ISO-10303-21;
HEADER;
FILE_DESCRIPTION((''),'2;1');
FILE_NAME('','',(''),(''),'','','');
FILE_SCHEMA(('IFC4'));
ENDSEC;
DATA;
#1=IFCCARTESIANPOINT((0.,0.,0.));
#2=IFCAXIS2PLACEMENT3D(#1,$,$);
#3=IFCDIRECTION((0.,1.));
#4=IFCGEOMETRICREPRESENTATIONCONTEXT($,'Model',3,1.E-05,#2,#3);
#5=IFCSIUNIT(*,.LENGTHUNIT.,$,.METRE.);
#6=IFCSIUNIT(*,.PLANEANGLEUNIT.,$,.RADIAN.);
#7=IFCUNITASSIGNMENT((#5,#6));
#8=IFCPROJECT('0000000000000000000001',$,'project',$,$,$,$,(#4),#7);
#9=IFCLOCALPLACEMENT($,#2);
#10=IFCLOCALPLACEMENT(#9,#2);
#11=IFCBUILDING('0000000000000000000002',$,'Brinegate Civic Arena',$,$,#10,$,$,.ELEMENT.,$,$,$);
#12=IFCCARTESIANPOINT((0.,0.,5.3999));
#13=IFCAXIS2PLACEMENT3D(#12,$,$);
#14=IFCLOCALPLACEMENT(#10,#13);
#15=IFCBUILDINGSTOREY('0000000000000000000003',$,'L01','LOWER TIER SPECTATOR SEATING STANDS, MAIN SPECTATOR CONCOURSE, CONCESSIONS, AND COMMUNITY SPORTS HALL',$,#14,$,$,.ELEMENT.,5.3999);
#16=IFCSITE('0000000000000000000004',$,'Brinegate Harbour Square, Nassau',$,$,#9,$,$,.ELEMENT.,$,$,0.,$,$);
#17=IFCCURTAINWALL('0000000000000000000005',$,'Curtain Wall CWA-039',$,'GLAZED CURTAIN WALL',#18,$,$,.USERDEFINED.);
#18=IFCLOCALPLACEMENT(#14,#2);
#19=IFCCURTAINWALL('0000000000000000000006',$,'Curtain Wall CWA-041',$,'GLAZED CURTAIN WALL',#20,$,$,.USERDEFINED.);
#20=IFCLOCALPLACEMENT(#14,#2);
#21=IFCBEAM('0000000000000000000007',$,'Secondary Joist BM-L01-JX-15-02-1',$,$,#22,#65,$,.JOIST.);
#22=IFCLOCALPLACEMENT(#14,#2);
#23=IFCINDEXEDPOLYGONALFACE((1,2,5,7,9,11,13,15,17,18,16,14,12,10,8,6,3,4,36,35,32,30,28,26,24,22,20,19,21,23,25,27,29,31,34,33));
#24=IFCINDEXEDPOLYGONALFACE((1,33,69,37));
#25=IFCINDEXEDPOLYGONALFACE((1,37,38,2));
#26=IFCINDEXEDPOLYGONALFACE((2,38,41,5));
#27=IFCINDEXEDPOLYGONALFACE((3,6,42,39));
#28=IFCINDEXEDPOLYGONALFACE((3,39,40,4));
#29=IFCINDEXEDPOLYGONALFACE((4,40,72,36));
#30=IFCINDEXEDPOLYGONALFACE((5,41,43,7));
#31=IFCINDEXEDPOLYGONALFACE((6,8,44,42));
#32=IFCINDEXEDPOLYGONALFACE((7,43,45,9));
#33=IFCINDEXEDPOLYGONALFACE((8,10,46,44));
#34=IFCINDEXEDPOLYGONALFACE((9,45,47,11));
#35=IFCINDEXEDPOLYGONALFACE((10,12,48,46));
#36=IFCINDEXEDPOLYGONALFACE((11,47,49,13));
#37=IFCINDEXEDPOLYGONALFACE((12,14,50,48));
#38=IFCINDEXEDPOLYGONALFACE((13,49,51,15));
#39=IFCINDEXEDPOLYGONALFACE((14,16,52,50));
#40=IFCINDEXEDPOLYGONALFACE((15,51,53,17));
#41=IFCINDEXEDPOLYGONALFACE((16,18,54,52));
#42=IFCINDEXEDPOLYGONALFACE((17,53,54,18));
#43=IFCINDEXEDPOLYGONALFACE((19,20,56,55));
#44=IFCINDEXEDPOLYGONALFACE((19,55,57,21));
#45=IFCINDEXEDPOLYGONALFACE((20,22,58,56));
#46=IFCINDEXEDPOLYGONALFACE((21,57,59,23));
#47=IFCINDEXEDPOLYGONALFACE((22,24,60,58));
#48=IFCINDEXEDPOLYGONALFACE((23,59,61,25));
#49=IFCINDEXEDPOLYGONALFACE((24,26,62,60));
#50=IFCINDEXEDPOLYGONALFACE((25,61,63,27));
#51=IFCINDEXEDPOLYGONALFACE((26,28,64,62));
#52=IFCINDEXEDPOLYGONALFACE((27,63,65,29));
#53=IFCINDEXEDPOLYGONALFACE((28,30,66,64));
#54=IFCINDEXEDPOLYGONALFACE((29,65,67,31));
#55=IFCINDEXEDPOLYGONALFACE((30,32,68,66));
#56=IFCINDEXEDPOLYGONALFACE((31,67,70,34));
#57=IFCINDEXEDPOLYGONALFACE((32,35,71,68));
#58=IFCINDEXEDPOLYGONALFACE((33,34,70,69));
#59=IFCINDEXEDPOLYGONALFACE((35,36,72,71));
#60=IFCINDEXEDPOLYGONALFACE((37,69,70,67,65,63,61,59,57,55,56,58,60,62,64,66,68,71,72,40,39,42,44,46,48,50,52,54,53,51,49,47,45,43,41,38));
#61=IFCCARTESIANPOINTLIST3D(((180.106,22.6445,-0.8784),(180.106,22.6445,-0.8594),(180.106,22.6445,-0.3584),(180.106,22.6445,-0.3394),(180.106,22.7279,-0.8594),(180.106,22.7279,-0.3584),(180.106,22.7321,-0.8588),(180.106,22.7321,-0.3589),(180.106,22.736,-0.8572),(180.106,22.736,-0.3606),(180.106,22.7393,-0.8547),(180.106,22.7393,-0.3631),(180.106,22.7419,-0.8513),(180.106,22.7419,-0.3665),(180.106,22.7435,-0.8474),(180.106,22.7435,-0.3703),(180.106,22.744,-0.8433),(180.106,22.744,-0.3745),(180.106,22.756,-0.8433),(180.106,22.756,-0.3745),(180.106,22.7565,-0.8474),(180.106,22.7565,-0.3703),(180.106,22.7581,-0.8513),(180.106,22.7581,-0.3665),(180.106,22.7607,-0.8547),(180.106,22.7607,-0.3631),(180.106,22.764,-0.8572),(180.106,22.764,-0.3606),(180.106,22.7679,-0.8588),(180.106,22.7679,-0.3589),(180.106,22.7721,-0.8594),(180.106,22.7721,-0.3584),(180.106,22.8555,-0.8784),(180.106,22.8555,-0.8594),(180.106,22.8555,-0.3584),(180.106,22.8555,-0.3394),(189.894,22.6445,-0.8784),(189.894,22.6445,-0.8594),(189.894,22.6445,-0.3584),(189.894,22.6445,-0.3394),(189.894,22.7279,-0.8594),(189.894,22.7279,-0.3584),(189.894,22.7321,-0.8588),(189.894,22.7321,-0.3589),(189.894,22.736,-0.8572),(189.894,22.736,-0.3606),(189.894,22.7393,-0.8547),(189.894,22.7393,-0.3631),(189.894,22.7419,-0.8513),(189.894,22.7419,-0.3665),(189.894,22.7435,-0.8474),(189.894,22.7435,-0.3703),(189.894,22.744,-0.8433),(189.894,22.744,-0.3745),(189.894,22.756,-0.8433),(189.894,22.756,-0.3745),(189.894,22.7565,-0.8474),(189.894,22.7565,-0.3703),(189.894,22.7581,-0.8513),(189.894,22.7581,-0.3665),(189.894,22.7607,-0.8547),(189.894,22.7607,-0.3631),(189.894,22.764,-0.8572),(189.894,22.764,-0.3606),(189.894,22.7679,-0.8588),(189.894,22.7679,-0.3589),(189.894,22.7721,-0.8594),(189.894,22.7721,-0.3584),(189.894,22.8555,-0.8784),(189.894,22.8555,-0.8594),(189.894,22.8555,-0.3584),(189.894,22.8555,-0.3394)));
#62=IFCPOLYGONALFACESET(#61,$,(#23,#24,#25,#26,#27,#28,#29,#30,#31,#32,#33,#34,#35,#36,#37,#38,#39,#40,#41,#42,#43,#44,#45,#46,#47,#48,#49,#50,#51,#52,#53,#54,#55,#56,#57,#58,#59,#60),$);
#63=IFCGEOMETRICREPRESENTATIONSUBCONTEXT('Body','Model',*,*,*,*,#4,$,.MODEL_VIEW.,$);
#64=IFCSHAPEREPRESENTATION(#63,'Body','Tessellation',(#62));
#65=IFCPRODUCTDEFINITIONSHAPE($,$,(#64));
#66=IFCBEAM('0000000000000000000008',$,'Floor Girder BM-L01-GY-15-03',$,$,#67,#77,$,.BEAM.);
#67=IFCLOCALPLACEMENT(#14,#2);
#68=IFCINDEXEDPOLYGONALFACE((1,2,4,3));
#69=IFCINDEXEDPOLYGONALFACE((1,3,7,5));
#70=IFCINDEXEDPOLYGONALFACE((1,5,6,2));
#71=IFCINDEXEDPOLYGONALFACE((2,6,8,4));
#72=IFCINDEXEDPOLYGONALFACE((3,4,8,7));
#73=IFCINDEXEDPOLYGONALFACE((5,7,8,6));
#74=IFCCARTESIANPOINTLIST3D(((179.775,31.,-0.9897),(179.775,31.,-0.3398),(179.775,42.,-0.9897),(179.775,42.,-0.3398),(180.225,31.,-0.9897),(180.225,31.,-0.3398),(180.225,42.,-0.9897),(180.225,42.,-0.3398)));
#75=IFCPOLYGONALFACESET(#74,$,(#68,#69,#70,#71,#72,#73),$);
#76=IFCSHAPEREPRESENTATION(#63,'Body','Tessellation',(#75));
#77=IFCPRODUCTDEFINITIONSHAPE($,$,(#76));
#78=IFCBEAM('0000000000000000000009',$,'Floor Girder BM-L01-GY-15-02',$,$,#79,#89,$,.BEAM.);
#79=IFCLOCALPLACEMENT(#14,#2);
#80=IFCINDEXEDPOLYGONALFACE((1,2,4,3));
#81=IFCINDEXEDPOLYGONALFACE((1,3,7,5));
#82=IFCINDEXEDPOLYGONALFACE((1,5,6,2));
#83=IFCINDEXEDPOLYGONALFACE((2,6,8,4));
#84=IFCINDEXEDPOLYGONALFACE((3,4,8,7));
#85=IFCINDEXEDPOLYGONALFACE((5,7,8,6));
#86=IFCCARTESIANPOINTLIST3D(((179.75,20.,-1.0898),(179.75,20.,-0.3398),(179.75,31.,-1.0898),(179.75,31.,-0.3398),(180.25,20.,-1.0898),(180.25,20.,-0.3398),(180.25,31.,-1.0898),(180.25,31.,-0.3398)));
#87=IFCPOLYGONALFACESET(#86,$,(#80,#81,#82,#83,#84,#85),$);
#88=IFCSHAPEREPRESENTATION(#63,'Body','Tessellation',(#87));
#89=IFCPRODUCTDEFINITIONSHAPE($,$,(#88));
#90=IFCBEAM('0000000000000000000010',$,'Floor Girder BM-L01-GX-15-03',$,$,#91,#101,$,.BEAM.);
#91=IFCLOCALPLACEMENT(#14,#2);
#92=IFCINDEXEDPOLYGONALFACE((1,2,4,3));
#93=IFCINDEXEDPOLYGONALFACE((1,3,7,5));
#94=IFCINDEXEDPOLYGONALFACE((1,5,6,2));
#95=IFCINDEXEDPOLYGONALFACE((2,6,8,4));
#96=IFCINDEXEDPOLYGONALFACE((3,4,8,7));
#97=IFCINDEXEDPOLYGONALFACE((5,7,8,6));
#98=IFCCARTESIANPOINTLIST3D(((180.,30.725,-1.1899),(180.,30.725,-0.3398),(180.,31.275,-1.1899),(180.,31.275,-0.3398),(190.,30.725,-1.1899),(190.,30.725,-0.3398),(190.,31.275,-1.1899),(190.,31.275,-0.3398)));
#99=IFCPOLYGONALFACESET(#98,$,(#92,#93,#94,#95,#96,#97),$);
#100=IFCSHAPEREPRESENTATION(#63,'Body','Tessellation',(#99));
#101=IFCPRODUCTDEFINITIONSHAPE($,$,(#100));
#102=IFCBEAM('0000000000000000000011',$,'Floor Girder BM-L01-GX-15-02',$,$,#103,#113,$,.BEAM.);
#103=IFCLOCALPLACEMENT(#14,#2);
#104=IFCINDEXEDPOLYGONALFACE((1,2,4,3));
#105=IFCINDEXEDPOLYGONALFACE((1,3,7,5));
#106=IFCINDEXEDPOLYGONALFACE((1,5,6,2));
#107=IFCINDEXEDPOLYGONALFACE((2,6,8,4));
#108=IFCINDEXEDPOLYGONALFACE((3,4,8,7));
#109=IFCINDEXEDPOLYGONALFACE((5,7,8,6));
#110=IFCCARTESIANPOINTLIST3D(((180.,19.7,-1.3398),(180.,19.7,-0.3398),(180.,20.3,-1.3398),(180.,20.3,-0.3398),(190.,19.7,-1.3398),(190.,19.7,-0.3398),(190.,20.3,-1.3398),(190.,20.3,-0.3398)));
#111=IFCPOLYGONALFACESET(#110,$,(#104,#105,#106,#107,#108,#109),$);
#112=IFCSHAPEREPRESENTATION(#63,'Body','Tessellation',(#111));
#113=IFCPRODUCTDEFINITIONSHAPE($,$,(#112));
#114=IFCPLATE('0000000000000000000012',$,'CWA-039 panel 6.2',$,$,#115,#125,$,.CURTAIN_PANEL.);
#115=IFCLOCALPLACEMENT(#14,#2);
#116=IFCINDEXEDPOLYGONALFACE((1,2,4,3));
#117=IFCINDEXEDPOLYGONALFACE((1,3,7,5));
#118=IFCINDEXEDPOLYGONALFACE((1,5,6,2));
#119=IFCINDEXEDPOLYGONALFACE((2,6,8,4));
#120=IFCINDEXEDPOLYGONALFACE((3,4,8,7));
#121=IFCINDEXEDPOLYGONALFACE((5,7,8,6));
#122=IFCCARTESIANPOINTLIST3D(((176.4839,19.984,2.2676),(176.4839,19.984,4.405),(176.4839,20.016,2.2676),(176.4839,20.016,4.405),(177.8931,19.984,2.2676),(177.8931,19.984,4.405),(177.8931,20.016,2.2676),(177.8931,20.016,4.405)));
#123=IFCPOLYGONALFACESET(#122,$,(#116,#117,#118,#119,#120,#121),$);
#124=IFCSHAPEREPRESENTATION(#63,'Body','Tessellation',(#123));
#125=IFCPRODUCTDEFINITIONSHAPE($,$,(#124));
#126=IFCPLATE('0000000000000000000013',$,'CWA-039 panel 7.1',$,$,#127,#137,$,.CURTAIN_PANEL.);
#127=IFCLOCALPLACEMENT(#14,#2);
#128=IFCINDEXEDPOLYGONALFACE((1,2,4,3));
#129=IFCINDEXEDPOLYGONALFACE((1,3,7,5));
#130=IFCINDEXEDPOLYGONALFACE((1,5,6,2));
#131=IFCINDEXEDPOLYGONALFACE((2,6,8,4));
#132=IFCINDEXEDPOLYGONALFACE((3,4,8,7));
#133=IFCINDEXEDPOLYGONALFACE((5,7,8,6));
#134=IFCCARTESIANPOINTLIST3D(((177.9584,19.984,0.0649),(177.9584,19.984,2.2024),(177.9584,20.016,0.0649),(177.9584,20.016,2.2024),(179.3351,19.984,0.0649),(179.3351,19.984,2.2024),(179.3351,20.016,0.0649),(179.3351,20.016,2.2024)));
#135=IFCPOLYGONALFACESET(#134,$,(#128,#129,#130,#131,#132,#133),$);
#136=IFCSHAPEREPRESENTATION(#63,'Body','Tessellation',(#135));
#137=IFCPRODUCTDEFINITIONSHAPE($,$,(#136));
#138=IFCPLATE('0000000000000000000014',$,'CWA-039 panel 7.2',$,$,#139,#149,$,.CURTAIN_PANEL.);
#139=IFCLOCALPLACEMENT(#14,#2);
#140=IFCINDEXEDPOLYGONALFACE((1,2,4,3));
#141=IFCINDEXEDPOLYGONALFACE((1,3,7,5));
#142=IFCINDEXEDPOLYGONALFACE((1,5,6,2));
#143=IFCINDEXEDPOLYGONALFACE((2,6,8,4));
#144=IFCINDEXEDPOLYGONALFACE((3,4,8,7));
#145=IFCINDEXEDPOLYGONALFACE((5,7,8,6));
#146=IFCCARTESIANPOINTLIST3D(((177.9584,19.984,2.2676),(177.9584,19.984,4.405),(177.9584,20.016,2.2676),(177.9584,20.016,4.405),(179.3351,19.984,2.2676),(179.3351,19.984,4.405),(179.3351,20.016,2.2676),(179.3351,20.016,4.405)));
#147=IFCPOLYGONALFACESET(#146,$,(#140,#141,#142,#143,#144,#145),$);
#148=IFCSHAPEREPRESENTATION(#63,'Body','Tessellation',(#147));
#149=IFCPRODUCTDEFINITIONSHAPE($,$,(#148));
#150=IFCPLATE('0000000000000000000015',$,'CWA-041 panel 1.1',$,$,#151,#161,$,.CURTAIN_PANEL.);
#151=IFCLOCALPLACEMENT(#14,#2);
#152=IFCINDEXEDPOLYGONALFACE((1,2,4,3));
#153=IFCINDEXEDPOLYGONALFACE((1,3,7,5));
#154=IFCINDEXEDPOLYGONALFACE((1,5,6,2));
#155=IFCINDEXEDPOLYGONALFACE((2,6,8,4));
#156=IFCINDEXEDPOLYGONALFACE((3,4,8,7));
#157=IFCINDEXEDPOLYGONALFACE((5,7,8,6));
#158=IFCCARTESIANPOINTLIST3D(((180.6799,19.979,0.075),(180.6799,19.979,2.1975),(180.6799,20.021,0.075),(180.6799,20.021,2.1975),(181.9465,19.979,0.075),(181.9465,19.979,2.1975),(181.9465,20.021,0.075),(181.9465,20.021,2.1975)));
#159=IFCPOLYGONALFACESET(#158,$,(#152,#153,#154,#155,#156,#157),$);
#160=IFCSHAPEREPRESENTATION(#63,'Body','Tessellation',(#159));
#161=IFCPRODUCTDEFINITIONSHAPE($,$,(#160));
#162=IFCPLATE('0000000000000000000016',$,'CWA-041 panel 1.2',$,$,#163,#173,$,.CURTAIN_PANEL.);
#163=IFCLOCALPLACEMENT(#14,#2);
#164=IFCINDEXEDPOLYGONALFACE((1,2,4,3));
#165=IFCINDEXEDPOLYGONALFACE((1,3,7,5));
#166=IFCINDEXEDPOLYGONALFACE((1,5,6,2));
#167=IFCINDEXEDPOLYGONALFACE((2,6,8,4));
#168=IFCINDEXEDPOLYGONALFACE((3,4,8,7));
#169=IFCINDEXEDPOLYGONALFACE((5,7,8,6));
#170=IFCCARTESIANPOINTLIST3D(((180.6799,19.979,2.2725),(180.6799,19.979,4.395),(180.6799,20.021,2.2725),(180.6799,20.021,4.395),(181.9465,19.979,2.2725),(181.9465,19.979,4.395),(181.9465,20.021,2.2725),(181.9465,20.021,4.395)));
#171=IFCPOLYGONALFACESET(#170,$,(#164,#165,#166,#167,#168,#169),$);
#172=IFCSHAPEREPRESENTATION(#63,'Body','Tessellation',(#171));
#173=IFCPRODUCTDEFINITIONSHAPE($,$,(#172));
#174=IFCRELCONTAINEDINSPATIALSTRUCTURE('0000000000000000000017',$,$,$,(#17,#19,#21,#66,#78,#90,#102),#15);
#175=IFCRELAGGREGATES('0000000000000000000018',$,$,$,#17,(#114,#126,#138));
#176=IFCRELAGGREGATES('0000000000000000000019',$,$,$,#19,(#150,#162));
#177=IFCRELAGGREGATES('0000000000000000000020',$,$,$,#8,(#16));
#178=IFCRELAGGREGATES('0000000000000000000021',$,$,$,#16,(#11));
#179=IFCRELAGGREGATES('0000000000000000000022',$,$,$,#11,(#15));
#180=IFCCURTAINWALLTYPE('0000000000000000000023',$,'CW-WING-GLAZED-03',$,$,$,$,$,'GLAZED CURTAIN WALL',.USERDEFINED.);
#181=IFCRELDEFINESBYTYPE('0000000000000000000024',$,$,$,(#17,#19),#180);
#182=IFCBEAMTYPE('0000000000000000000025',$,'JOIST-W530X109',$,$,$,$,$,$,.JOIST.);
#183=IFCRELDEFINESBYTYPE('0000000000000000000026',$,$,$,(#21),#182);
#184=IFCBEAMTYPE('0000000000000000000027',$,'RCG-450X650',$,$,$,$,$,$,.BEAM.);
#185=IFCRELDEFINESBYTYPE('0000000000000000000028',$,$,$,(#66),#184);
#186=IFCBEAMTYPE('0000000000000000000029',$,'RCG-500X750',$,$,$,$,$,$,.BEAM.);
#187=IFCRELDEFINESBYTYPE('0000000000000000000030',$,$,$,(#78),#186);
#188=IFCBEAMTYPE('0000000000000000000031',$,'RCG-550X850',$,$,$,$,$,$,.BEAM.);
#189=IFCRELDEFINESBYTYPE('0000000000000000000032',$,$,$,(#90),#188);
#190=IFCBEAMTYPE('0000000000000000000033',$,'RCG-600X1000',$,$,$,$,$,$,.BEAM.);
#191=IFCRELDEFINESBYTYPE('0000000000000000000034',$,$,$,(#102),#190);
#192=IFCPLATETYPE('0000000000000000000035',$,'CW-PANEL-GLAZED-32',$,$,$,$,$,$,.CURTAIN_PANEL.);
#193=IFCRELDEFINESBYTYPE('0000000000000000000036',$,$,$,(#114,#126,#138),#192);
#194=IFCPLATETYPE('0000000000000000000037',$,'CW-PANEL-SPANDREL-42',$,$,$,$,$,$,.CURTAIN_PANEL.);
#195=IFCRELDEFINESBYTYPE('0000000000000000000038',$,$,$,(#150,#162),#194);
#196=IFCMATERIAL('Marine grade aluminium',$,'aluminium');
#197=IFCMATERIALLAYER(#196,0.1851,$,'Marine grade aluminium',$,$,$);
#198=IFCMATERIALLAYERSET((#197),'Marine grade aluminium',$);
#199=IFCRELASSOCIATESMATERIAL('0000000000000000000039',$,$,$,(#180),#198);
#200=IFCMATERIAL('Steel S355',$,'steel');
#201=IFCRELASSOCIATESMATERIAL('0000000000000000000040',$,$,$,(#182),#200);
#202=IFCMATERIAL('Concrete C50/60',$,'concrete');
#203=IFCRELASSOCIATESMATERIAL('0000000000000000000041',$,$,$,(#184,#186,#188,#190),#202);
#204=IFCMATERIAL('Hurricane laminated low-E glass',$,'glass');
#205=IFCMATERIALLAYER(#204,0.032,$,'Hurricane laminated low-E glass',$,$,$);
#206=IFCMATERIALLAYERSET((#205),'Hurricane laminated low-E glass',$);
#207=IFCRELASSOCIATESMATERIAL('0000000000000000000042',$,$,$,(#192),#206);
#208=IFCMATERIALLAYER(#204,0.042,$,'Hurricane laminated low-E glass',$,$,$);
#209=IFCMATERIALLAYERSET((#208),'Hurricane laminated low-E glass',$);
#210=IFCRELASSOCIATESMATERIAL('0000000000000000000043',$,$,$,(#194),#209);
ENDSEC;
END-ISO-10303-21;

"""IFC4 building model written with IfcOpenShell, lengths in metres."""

from ifc_helpers import new_model, si_unit, direction, frame, origin, origin_2d, place, context, subcontext, project, spatial, rectangle, i_section, extrude, material, layer, layer_set, material_profile, profile_set, type_object, element, aggregate, save


model = new_model("IFC4")

# Units and contexts
model_context = context("Model", 3, precision=1e-05, world=origin(), true_north=direction((0.0, 1.0)))
body_context = subcontext(model_context, "Body", "Model", "MODEL_VIEW")
ifc_project = project(units=[si_unit("LENGTHUNIT", "METRE"), si_unit("PLANEANGLEUNIT", "RADIAN")], contexts=[model_context])

# Site, building, storey
site_placement = place(None, origin())
site = spatial("IfcSite", under=ifc_project, at=site_placement, Name="Brinegate Harbour Square, Nassau", CompositionType="ELEMENT", RefElevation=0.0)
building_placement = place(site_placement, origin())
building = spatial("IfcBuilding", under=site, at=building_placement, Name="Brinegate Civic Arena", CompositionType="ELEMENT")
storey_placement = place(building_placement, frame((0.0, 0.0, 5.3999)))
storey = spatial("IfcBuildingStorey", under=building, at=storey_placement, Name="L01", Description="LOWER TIER SPECTATOR SEATING STANDS, MAIN SPECTATOR CONCOURSE, CONCESSIONS, AND COMMUNITY SPORTS HALL", CompositionType="ELEMENT", Elevation=5.3999)

# Curtain walls
ifc_material_1 = material(Name="Marine grade aluminium", Category="aluminium")
ifc_layer_1 = layer(ifc_material_1, 0.1851, Name="Marine grade aluminium")
ifc_layer_set_1 = layer_set([ifc_layer_1], Name="Marine grade aluminium")
curtain_wall_type = type_object("IfcCurtainWallType", Name="CW-WING-GLAZED-03", ElementType="GLAZED CURTAIN WALL", PredefinedType="USERDEFINED", material=ifc_layer_set_1)
curtain_wall_1_placement = place(storey_placement, origin())
curtain_wall_1 = element("IfcCurtainWall", 1, at=curtain_wall_1_placement, inside=storey, type_object=curtain_wall_type, Name="Curtain Wall CWA-039", ObjectType="GLAZED CURTAIN WALL", PredefinedType="USERDEFINED")
curtain_wall_2_placement = place(storey_placement, origin())
curtain_wall_2 = element("IfcCurtainWall", 2, at=curtain_wall_2_placement, inside=storey, type_object=curtain_wall_type, Name="Curtain Wall CWA-041", ObjectType="GLAZED CURTAIN WALL", PredefinedType="USERDEFINED")

# Beams
ifc_material_2 = material(Name="Steel S355", Category="steel")
ifc_material_profile_1 = material_profile(ifc_material_2, i_section(OverallWidth=0.2109, OverallDepth=0.5391, WebThickness=0.012, FlangeThickness=0.019, FilletRadius=0.0161, at=origin_2d()), Name="W530X109")
ifc_profile_set_1 = profile_set([ifc_material_profile_1], Name="Steel S355")
beam_type_1 = type_object("IfcBeamType", Name="JOIST-W530X109", PredefinedType="JOIST", material=ifc_profile_set_1)
beam_1_placement = place(storey_placement, frame((180.106, 22.75, -0.6089), z_axis=(1.0, 0.0, 0.0), x_axis=(0.0, 1.0, 0.0)))
element("IfcBeam", 3, at=beam_1_placement, inside=storey, type_object=beam_type_1, Name="Secondary Joist BM-L01-JX-15-02-1", PredefinedType="JOIST", context=body_context, shape_type="SweptSolid", body=[
    extrude(i_section(OverallWidth=0.2109, OverallDepth=0.5391, WebThickness=0.012, FlangeThickness=0.019, FilletRadius=0.0161, at=origin_2d()), origin(), (0.0, 0.0, 1.0), 9.7881),
])
ifc_material_3 = material(Name="Concrete C50/60", Category="concrete")
ifc_material_profile_2 = material_profile(ifc_material_3, rectangle(XDim=0.45, YDim=0.6499, at=origin_2d()), Name="RCB450X650")
ifc_profile_set_2 = profile_set([ifc_material_profile_2], Name="Concrete C50/60")
beam_type_2 = type_object("IfcBeamType", Name="RCG-450X650", PredefinedType="BEAM", material=ifc_profile_set_2)
beam_2_placement = place(storey_placement, frame((180.0, 31.0, -0.6648), z_axis=(0.0, 1.0, 0.0), x_axis=(-1.0, 0.0, 0.0)))
element("IfcBeam", 4, at=beam_2_placement, inside=storey, type_object=beam_type_2, Name="Floor Girder BM-L01-GY-15-03", PredefinedType="BEAM", context=body_context, shape_type="SweptSolid", body=[
    extrude(rectangle(XDim=0.45, YDim=0.6499, at=origin_2d()), origin(), (0.0, 0.0, 1.0), 11.0),
])
ifc_material_profile_3 = material_profile(ifc_material_3, rectangle(XDim=0.5, YDim=0.75, at=origin_2d()), Name="RCB500X750")
ifc_profile_set_3 = profile_set([ifc_material_profile_3], Name="Concrete C50/60")
beam_type_3 = type_object("IfcBeamType", Name="RCG-500X750", PredefinedType="BEAM", material=ifc_profile_set_3)
beam_3_placement = place(storey_placement, frame((180.0, 20.0, -0.7148), z_axis=(0.0, 1.0, 0.0), x_axis=(-1.0, 0.0, 0.0)))
element("IfcBeam", 5, at=beam_3_placement, inside=storey, type_object=beam_type_3, Name="Floor Girder BM-L01-GY-15-02", PredefinedType="BEAM", context=body_context, shape_type="SweptSolid", body=[
    extrude(rectangle(XDim=0.5, YDim=0.75, at=origin_2d()), origin(), (0.0, 0.0, 1.0), 11.0),
])
ifc_material_profile_4 = material_profile(ifc_material_3, rectangle(XDim=0.55, YDim=0.8501, at=origin_2d()), Name="RCB550X850")
ifc_profile_set_4 = profile_set([ifc_material_profile_4], Name="Concrete C50/60")
beam_type_4 = type_object("IfcBeamType", Name="RCG-550X850", PredefinedType="BEAM", material=ifc_profile_set_4)
beam_4_placement = place(storey_placement, frame((180.0, 31.0, -0.7649), z_axis=(1.0, 0.0, 0.0), x_axis=(0.0, 1.0, 0.0)))
element("IfcBeam", 6, at=beam_4_placement, inside=storey, type_object=beam_type_4, Name="Floor Girder BM-L01-GX-15-03", PredefinedType="BEAM", context=body_context, shape_type="SweptSolid", body=[
    extrude(rectangle(XDim=0.55, YDim=0.8501, at=origin_2d()), origin(), (0.0, 0.0, 1.0), 10.0),
])
ifc_material_profile_5 = material_profile(ifc_material_3, rectangle(XDim=0.6001, YDim=1.0, at=origin_2d()), Name="RCB600X1000")
ifc_profile_set_5 = profile_set([ifc_material_profile_5], Name="Concrete C50/60")
beam_type_5 = type_object("IfcBeamType", Name="RCG-600X1000", PredefinedType="BEAM", material=ifc_profile_set_5)
beam_5_placement = place(storey_placement, frame((180.0, 20.0, -0.8398), z_axis=(1.0, 0.0, 0.0), x_axis=(0.0, 1.0, 0.0)))
element("IfcBeam", 7, at=beam_5_placement, inside=storey, type_object=beam_type_5, Name="Floor Girder BM-L01-GX-15-02", PredefinedType="BEAM", context=body_context, shape_type="SweptSolid", body=[
    extrude(rectangle(XDim=0.6001, YDim=1.0, at=origin_2d()), origin(), (0.0, 0.0, 1.0), 10.0),
])

# Plates
ifc_material_4 = material(Name="Hurricane laminated low-E glass", Category="glass")
ifc_layer_2 = layer(ifc_material_4, 0.032, Name="Hurricane laminated low-E glass")
ifc_layer_set_2 = layer_set([ifc_layer_2], Name="Hurricane laminated low-E glass")
plate_type_1 = type_object("IfcPlateType", Name="CW-PANEL-GLAZED-32", PredefinedType="CURTAIN_PANEL", material=ifc_layer_set_2)
plate_1_placement = place(storey_placement, frame((177.1885, 20.0, 2.2676), z_axis=(0.0, 0.0, 1.0), x_axis=(1.0, 0.0, 0.0)))
plate_1 = element("IfcPlate", 8, at=plate_1_placement, type_object=plate_type_1, Name="CWA-039 panel 6.2", PredefinedType="CURTAIN_PANEL", context=body_context, shape_type="SweptSolid", body=[
    extrude(rectangle(XDim=1.4092, YDim=0.032, at=origin_2d()), origin(), (0.0, 0.0, 1.0), 2.1375),
])
plate_2_placement = place(storey_placement, frame((178.6467, 20.0, 0.0649), z_axis=(0.0, 0.0, 1.0), x_axis=(1.0, 0.0, 0.0)))
plate_2 = element("IfcPlate", 9, at=plate_2_placement, type_object=plate_type_1, Name="CWA-039 panel 7.1", PredefinedType="CURTAIN_PANEL", context=body_context, shape_type="SweptSolid", body=[
    extrude(rectangle(XDim=1.3767, YDim=0.032, at=origin_2d()), origin(), (0.0, 0.0, 1.0), 2.1375),
])
plate_3_placement = place(storey_placement, frame((178.6467, 20.0, 2.2676), z_axis=(0.0, 0.0, 1.0), x_axis=(1.0, 0.0, 0.0)))
plate_3 = element("IfcPlate", 10, at=plate_3_placement, type_object=plate_type_1, Name="CWA-039 panel 7.2", PredefinedType="CURTAIN_PANEL", context=body_context, shape_type="SweptSolid", body=[
    extrude(rectangle(XDim=1.3767, YDim=0.032, at=origin_2d()), origin(), (0.0, 0.0, 1.0), 2.1375),
])
aggregate(curtain_wall_1, [plate_1, plate_2, plate_3])
ifc_layer_3 = layer(ifc_material_4, 0.042, Name="Hurricane laminated low-E glass")
ifc_layer_set_3 = layer_set([ifc_layer_3], Name="Hurricane laminated low-E glass")
plate_type_2 = type_object("IfcPlateType", Name="CW-PANEL-SPANDREL-42", PredefinedType="CURTAIN_PANEL", material=ifc_layer_set_3)
plate_4_placement = place(storey_placement, frame((181.3132, 20.0, 0.075), z_axis=(0.0, 0.0, 1.0), x_axis=(1.0, 0.0, 0.0)))
plate_4 = element("IfcPlate", 11, at=plate_4_placement, type_object=plate_type_2, Name="CWA-041 panel 1.1", PredefinedType="CURTAIN_PANEL", context=body_context, shape_type="SweptSolid", body=[
    extrude(rectangle(XDim=1.2666, YDim=0.042, at=origin_2d()), origin(), (0.0, 0.0, 1.0), 2.1226),
])
plate_5_placement = place(storey_placement, frame((181.3132, 20.0, 2.2725), z_axis=(0.0, 0.0, 1.0), x_axis=(1.0, 0.0, 0.0)))
plate_5 = element("IfcPlate", 12, at=plate_5_placement, type_object=plate_type_2, Name="CWA-041 panel 1.2", PredefinedType="CURTAIN_PANEL", context=body_context, shape_type="SweptSolid", body=[
    extrude(rectangle(XDim=1.2666, YDim=0.042, at=origin_2d()), origin(), (0.0, 0.0, 1.0), 2.1226),
])
aggregate(curtain_wall_2, [plate_4, plate_5])

save(model, "model.ifc")
